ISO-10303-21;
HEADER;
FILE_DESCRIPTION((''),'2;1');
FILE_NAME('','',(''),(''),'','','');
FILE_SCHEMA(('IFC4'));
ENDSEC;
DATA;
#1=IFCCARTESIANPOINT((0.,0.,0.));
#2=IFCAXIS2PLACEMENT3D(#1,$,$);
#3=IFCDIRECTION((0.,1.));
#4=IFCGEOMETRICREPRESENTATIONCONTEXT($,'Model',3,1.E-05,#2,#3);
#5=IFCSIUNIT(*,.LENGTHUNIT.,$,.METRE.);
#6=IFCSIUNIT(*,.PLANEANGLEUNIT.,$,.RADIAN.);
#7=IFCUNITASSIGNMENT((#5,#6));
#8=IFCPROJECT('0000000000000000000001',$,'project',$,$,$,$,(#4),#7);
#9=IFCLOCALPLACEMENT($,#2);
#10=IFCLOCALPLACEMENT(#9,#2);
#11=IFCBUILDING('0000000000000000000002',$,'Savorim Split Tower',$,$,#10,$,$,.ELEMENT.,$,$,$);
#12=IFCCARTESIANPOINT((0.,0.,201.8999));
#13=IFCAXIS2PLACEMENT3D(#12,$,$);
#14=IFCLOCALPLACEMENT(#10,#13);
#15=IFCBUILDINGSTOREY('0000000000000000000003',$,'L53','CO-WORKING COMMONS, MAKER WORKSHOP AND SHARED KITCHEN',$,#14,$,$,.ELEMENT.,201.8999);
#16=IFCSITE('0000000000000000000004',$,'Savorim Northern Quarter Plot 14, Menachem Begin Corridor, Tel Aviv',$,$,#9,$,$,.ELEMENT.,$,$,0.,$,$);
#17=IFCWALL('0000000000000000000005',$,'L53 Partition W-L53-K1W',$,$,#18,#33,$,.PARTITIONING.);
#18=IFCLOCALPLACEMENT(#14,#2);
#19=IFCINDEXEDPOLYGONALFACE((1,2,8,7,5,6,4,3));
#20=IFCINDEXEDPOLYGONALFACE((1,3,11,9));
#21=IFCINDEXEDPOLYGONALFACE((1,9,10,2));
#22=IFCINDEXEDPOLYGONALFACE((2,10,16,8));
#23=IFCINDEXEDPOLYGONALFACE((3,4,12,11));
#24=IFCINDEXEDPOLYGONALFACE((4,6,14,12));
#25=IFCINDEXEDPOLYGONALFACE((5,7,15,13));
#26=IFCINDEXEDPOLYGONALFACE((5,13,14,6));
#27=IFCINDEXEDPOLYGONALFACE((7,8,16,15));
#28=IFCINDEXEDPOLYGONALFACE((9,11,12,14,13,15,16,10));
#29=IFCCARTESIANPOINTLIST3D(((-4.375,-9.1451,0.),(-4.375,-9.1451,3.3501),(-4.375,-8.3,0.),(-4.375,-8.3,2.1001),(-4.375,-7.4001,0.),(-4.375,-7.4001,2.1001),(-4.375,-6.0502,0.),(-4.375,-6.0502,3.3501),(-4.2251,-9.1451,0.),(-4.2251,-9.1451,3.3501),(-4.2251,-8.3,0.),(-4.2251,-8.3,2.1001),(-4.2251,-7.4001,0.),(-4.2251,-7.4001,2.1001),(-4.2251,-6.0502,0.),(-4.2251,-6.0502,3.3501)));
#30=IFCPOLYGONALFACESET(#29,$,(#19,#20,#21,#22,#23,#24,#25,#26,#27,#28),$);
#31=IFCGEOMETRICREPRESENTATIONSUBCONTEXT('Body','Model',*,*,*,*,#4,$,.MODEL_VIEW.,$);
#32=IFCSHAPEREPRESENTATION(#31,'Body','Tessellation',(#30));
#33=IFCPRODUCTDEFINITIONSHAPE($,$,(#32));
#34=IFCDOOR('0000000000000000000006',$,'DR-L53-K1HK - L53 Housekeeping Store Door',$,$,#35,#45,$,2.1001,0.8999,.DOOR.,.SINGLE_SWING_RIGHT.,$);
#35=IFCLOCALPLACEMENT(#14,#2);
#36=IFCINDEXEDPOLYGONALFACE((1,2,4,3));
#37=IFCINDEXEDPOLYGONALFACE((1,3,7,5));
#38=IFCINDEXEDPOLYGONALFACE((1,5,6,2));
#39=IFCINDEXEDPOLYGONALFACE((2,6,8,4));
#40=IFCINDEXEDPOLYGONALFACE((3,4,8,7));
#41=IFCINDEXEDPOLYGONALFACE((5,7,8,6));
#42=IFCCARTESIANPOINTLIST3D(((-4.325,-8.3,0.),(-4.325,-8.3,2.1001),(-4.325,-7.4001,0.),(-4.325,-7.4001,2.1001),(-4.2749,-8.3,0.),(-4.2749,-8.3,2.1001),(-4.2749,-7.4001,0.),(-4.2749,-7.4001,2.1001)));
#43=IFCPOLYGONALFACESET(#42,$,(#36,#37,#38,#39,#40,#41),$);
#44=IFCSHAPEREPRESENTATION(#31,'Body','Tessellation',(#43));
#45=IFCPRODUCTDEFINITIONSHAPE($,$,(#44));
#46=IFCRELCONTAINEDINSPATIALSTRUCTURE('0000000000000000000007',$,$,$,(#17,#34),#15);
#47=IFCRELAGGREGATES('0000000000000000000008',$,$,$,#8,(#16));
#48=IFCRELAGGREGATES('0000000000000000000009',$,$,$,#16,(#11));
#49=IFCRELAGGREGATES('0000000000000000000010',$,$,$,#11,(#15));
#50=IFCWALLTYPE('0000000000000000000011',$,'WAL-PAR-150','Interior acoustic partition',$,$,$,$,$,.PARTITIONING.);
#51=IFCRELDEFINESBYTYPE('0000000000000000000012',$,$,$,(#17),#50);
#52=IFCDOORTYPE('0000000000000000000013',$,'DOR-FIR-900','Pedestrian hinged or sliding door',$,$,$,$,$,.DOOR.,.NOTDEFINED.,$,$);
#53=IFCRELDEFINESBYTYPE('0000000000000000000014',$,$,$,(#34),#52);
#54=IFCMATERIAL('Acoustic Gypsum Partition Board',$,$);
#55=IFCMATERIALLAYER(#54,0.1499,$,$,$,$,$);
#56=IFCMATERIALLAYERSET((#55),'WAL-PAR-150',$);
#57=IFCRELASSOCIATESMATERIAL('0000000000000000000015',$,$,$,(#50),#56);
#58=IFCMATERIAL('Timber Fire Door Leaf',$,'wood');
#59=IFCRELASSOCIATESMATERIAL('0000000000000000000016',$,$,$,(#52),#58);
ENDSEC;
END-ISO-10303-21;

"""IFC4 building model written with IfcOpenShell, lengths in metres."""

from ifc_helpers import new_model, si_unit, direction, frame, frame_2d, origin, place, context, subcontext, project, spatial, rectangle, extrude, material, layer, layer_set, type_object, element, fill, save


model = new_model("IFC4")

# Units and contexts
model_context = context("Model", 3, precision=1e-05, world=origin(), true_north=direction((0.0, 1.0)))
body_context = subcontext(model_context, "Body", "Model", "MODEL_VIEW")
ifc_project = project(units=[si_unit("LENGTHUNIT", "METRE"), si_unit("PLANEANGLEUNIT", "RADIAN")], contexts=[model_context])

# Site, building, storey
site_placement = place(None, origin())
site = spatial("IfcSite", under=ifc_project, at=site_placement, Name="Savorim Northern Quarter Plot 14, Menachem Begin Corridor, Tel Aviv", CompositionType="ELEMENT", RefElevation=0.0)
building_placement = place(site_placement, origin())
building = spatial("IfcBuilding", under=site, at=building_placement, Name="Savorim Split Tower", CompositionType="ELEMENT")
storey_placement = place(building_placement, frame((0.0, 0.0, 201.8999)))
storey = spatial("IfcBuildingStorey", under=building, at=storey_placement, Name="L53", Description="CO-WORKING COMMONS, MAKER WORKSHOP AND SHARED KITCHEN", CompositionType="ELEMENT", Elevation=201.8999)

# Shared definitions
ifc_material_1 = material(Name="Timber Fire Door Leaf", Category="wood")

# Shared definitions
ifc_material_2 = material(Name="Acoustic Gypsum Partition Board")
ifc_layer_1 = layer(ifc_material_2, 0.1499)
ifc_layer_set_1 = layer_set([ifc_layer_1], Name="WAL-PAR-150")
wall_type_1 = type_object("IfcWallType", Name="WAL-PAR-150", Description="Interior acoustic partition", PredefinedType="PARTITIONING", material=ifc_layer_set_1)

# Wall, opening, door
wall_1_placement = place(storey_placement, frame((-4.3, -9.145, 0.0), z_axis=(0.0, 0.0, 1.0), x_axis=(0.0, 1.0, 0.0)))
wall_1 = element("IfcWall", 1, at=wall_1_placement, inside=storey, type_object=wall_type_1, Name="L53 Partition W-L53-K1W", PredefinedType="PARTITIONING", context=body_context, shape_type="SweptSolid", body=[
    extrude(rectangle(XDim=3.095, YDim=0.1499, at=frame_2d((1.5474, 0.0))), origin(), (0.0, 0.0, 1.0), 3.3501),
])
opening_1_placement = place(wall_1_placement, frame((0.845, 0.0, 0.0)))
opening_1 = element("IfcOpeningElement", 2, at=opening_1_placement, cuts=wall_1, PredefinedType="OPENING", context=body_context, shape_type="SweptSolid", body=[
    extrude(rectangle(XDim=0.8999, YDim=2.1001, at=frame_2d((0.45, 1.05))), frame((0.0, 0.085, 0.0), z_axis=(0.0, -1.0, 0.0), x_axis=(1.0, 0.0, 0.0)), (0.0, 0.0, 1.0), 0.1699),
])
door_type_1 = type_object("IfcDoorType", Name="DOR-FIR-900", Description="Pedestrian hinged or sliding door", OperationType="NOTDEFINED", PredefinedType="DOOR", material=ifc_material_1)
door_1_placement = place(opening_1_placement, origin())
door_1 = element("IfcDoor", 3, at=door_1_placement, inside=storey, type_object=door_type_1, Name="DR-L53-K1HK - L53 Housekeeping Store Door", OperationType="SINGLE_SWING_RIGHT", OverallHeight=2.1001, OverallWidth=0.8999, PredefinedType="DOOR", context=body_context, shape_type="SweptSolid", body=[
    extrude(rectangle(XDim=0.8999, YDim=2.1001, at=frame_2d((0.45, 1.05))), frame((0.0, 0.0249, 0.0), z_axis=(0.0, -1.0, 0.0), x_axis=(1.0, 0.0, 0.0)), (0.0, 0.0, 1.0), 0.05),
])
fill(opening_1, door_1)

save(model, "model.ifc")
